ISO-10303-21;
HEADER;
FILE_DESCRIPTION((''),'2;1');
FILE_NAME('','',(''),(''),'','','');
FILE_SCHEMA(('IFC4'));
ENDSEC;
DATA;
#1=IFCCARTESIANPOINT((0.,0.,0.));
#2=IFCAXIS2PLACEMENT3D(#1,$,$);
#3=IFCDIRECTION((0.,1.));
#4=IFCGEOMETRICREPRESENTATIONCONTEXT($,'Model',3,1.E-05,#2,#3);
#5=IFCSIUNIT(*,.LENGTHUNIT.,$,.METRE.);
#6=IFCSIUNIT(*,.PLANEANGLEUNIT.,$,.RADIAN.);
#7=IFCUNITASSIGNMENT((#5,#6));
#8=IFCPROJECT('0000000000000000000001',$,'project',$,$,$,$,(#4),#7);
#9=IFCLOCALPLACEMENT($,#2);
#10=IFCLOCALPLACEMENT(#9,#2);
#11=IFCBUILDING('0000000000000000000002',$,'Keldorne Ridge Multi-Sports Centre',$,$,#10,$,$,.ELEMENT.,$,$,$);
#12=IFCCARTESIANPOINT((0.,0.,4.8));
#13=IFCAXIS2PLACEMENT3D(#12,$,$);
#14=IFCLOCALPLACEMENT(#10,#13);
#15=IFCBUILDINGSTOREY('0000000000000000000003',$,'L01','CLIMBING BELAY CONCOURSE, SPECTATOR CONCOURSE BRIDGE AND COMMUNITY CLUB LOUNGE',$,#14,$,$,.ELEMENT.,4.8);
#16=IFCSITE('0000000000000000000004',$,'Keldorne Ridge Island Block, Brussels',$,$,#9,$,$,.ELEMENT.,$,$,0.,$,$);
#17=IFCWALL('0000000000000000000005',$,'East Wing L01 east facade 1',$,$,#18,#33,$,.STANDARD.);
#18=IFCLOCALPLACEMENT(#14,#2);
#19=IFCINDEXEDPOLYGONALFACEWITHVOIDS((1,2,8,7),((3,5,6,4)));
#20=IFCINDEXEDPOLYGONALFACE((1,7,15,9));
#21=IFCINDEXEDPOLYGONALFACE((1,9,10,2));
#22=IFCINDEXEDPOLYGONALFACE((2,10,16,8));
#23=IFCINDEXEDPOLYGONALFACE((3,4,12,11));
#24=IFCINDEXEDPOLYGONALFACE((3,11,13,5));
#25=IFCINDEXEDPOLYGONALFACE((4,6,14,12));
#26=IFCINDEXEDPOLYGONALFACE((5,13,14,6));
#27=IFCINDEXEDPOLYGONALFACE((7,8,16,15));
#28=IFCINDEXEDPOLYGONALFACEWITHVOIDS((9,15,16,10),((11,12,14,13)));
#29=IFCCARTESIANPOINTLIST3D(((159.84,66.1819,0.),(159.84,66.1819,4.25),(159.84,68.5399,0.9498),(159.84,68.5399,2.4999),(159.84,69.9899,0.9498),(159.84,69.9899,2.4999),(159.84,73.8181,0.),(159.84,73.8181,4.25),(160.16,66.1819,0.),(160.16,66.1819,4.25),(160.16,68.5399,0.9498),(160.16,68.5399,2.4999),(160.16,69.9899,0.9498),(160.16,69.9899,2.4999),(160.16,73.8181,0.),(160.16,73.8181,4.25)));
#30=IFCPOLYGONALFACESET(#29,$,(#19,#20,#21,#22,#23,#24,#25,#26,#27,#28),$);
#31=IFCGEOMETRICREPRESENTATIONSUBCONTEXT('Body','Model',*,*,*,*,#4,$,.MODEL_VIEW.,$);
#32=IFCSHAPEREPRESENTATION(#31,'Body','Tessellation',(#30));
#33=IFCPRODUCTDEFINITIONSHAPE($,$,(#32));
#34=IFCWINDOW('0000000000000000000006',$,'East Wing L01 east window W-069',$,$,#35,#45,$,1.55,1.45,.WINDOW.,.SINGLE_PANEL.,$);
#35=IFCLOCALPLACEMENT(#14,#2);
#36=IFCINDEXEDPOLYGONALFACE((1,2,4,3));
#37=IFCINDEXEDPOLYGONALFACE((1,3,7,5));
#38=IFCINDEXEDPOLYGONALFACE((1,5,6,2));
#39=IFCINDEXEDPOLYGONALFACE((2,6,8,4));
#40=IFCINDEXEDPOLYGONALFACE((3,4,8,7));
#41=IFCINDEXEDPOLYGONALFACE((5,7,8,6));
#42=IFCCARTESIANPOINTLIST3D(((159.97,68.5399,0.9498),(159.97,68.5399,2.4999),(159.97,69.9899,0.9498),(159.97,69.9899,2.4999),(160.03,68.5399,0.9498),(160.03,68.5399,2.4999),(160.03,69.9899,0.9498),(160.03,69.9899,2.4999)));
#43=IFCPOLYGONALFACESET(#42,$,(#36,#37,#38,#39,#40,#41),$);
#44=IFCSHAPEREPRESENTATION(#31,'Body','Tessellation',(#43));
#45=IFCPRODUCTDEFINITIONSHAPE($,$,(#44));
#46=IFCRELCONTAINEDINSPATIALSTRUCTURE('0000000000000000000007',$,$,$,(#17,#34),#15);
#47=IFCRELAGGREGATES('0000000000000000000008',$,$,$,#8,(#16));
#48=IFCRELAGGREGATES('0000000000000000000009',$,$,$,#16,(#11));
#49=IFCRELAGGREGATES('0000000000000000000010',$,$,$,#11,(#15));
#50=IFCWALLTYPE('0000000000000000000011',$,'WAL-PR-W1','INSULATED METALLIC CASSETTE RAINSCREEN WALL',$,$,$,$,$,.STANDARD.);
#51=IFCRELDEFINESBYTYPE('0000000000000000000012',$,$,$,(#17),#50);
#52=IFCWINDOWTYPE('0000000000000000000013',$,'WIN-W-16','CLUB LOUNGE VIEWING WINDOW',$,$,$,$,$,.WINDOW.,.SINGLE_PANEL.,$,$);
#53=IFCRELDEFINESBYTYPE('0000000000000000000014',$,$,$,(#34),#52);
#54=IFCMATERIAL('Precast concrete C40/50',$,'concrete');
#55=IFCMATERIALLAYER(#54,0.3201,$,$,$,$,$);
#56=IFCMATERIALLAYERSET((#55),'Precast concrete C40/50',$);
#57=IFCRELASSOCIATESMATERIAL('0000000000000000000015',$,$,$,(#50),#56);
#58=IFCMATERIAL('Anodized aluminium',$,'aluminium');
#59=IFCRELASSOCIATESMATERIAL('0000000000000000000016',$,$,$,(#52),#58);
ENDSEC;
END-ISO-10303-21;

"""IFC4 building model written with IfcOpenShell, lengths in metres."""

from ifc_helpers import new_model, si_unit, direction, frame, frame_2d, origin, place, context, subcontext, project, spatial, rectangle, extrude, material, layer, layer_set, type_object, element, fill, save


model = new_model("IFC4")

# Units and contexts
model_context = context("Model", 3, precision=1e-05, world=origin(), true_north=direction((0.0, 1.0)))
body_context = subcontext(model_context, "Body", "Model", "MODEL_VIEW")
ifc_project = project(units=[si_unit("LENGTHUNIT", "METRE"), si_unit("PLANEANGLEUNIT", "RADIAN")], contexts=[model_context])

# Site, building, storey
site_placement = place(None, origin())
site = spatial("IfcSite", under=ifc_project, at=site_placement, Name="Keldorne Ridge Island Block, Brussels", CompositionType="ELEMENT", RefElevation=0.0)
building_placement = place(site_placement, origin())
building = spatial("IfcBuilding", under=site, at=building_placement, Name="Keldorne Ridge Multi-Sports Centre", CompositionType="ELEMENT")
storey_placement = place(building_placement, frame((0.0, 0.0, 4.8)))
storey = spatial("IfcBuildingStorey", under=building, at=storey_placement, Name="L01", Description="CLIMBING BELAY CONCOURSE, SPECTATOR CONCOURSE BRIDGE AND COMMUNITY CLUB LOUNGE", CompositionType="ELEMENT", Elevation=4.8)

# Shared definitions
ifc_material_1 = material(Name="Anodized aluminium", Category="aluminium")

# Wall, opening, window
ifc_material_2 = material(Name="Precast concrete C40/50", Category="concrete")
ifc_layer_1 = layer(ifc_material_2, 0.3201)
ifc_layer_set_1 = layer_set([ifc_layer_1], Name="Precast concrete C40/50")
wall_type = type_object("IfcWallType", Name="WAL-PR-W1", Description="INSULATED METALLIC CASSETTE RAINSCREEN WALL", PredefinedType="STANDARD", material=ifc_layer_set_1)
wall_1_placement = place(storey_placement, frame((160.0, 66.1819, 0.0), z_axis=(0.0, 0.0, 1.0), x_axis=(0.0, 1.0, 0.0)))
wall_1 = element("IfcWall", 1, at=wall_1_placement, inside=storey, type_object=wall_type, Name="East Wing L01 east facade 1", PredefinedType="STANDARD", context=body_context, shape_type="SweptSolid", body=[
    extrude(rectangle(XDim=7.6362, YDim=0.3201, at=frame_2d((3.8181, 0.0))), origin(), (0.0, 0.0, 1.0), 4.25),
])
opening_1_placement = place(wall_1_placement, frame((2.3579, 0.0, 0.95)))
opening_1 = element("IfcOpeningElement", 2, at=opening_1_placement, cuts=wall_1, PredefinedType="OPENING", context=body_context, shape_type="SweptSolid", body=[
    extrude(rectangle(XDim=1.45, YDim=1.55, at=frame_2d((0.7251, 0.7749))), frame((0.0, 0.1699, 0.0), z_axis=(0.0, -1.0, 0.0), x_axis=(1.0, 0.0, 0.0)), (0.0, 0.0, 1.0), 0.3401),
])
window_type_1 = type_object("IfcWindowType", Name="WIN-W-16", Description="CLUB LOUNGE VIEWING WINDOW", PartitioningType="SINGLE_PANEL", PredefinedType="WINDOW", material=ifc_material_1)
window_1_placement = place(opening_1_placement, origin())
window_1 = element("IfcWindow", 3, at=window_1_placement, inside=storey, type_object=window_type_1, Name="East Wing L01 east window W-069", OverallHeight=1.55, OverallWidth=1.45, PartitioningType="SINGLE_PANEL", PredefinedType="WINDOW", context=body_context, shape_type="SweptSolid", body=[
    extrude(rectangle(XDim=1.45, YDim=1.55, at=frame_2d((0.7251, 0.7749))), frame((0.0, 0.03, 0.0), z_axis=(0.0, -1.0, 0.0), x_axis=(1.0, 0.0, 0.0)), (0.0, 0.0, 1.0), 0.0601),
])
fill(opening_1, window_1)

save(model, "model.ifc")
